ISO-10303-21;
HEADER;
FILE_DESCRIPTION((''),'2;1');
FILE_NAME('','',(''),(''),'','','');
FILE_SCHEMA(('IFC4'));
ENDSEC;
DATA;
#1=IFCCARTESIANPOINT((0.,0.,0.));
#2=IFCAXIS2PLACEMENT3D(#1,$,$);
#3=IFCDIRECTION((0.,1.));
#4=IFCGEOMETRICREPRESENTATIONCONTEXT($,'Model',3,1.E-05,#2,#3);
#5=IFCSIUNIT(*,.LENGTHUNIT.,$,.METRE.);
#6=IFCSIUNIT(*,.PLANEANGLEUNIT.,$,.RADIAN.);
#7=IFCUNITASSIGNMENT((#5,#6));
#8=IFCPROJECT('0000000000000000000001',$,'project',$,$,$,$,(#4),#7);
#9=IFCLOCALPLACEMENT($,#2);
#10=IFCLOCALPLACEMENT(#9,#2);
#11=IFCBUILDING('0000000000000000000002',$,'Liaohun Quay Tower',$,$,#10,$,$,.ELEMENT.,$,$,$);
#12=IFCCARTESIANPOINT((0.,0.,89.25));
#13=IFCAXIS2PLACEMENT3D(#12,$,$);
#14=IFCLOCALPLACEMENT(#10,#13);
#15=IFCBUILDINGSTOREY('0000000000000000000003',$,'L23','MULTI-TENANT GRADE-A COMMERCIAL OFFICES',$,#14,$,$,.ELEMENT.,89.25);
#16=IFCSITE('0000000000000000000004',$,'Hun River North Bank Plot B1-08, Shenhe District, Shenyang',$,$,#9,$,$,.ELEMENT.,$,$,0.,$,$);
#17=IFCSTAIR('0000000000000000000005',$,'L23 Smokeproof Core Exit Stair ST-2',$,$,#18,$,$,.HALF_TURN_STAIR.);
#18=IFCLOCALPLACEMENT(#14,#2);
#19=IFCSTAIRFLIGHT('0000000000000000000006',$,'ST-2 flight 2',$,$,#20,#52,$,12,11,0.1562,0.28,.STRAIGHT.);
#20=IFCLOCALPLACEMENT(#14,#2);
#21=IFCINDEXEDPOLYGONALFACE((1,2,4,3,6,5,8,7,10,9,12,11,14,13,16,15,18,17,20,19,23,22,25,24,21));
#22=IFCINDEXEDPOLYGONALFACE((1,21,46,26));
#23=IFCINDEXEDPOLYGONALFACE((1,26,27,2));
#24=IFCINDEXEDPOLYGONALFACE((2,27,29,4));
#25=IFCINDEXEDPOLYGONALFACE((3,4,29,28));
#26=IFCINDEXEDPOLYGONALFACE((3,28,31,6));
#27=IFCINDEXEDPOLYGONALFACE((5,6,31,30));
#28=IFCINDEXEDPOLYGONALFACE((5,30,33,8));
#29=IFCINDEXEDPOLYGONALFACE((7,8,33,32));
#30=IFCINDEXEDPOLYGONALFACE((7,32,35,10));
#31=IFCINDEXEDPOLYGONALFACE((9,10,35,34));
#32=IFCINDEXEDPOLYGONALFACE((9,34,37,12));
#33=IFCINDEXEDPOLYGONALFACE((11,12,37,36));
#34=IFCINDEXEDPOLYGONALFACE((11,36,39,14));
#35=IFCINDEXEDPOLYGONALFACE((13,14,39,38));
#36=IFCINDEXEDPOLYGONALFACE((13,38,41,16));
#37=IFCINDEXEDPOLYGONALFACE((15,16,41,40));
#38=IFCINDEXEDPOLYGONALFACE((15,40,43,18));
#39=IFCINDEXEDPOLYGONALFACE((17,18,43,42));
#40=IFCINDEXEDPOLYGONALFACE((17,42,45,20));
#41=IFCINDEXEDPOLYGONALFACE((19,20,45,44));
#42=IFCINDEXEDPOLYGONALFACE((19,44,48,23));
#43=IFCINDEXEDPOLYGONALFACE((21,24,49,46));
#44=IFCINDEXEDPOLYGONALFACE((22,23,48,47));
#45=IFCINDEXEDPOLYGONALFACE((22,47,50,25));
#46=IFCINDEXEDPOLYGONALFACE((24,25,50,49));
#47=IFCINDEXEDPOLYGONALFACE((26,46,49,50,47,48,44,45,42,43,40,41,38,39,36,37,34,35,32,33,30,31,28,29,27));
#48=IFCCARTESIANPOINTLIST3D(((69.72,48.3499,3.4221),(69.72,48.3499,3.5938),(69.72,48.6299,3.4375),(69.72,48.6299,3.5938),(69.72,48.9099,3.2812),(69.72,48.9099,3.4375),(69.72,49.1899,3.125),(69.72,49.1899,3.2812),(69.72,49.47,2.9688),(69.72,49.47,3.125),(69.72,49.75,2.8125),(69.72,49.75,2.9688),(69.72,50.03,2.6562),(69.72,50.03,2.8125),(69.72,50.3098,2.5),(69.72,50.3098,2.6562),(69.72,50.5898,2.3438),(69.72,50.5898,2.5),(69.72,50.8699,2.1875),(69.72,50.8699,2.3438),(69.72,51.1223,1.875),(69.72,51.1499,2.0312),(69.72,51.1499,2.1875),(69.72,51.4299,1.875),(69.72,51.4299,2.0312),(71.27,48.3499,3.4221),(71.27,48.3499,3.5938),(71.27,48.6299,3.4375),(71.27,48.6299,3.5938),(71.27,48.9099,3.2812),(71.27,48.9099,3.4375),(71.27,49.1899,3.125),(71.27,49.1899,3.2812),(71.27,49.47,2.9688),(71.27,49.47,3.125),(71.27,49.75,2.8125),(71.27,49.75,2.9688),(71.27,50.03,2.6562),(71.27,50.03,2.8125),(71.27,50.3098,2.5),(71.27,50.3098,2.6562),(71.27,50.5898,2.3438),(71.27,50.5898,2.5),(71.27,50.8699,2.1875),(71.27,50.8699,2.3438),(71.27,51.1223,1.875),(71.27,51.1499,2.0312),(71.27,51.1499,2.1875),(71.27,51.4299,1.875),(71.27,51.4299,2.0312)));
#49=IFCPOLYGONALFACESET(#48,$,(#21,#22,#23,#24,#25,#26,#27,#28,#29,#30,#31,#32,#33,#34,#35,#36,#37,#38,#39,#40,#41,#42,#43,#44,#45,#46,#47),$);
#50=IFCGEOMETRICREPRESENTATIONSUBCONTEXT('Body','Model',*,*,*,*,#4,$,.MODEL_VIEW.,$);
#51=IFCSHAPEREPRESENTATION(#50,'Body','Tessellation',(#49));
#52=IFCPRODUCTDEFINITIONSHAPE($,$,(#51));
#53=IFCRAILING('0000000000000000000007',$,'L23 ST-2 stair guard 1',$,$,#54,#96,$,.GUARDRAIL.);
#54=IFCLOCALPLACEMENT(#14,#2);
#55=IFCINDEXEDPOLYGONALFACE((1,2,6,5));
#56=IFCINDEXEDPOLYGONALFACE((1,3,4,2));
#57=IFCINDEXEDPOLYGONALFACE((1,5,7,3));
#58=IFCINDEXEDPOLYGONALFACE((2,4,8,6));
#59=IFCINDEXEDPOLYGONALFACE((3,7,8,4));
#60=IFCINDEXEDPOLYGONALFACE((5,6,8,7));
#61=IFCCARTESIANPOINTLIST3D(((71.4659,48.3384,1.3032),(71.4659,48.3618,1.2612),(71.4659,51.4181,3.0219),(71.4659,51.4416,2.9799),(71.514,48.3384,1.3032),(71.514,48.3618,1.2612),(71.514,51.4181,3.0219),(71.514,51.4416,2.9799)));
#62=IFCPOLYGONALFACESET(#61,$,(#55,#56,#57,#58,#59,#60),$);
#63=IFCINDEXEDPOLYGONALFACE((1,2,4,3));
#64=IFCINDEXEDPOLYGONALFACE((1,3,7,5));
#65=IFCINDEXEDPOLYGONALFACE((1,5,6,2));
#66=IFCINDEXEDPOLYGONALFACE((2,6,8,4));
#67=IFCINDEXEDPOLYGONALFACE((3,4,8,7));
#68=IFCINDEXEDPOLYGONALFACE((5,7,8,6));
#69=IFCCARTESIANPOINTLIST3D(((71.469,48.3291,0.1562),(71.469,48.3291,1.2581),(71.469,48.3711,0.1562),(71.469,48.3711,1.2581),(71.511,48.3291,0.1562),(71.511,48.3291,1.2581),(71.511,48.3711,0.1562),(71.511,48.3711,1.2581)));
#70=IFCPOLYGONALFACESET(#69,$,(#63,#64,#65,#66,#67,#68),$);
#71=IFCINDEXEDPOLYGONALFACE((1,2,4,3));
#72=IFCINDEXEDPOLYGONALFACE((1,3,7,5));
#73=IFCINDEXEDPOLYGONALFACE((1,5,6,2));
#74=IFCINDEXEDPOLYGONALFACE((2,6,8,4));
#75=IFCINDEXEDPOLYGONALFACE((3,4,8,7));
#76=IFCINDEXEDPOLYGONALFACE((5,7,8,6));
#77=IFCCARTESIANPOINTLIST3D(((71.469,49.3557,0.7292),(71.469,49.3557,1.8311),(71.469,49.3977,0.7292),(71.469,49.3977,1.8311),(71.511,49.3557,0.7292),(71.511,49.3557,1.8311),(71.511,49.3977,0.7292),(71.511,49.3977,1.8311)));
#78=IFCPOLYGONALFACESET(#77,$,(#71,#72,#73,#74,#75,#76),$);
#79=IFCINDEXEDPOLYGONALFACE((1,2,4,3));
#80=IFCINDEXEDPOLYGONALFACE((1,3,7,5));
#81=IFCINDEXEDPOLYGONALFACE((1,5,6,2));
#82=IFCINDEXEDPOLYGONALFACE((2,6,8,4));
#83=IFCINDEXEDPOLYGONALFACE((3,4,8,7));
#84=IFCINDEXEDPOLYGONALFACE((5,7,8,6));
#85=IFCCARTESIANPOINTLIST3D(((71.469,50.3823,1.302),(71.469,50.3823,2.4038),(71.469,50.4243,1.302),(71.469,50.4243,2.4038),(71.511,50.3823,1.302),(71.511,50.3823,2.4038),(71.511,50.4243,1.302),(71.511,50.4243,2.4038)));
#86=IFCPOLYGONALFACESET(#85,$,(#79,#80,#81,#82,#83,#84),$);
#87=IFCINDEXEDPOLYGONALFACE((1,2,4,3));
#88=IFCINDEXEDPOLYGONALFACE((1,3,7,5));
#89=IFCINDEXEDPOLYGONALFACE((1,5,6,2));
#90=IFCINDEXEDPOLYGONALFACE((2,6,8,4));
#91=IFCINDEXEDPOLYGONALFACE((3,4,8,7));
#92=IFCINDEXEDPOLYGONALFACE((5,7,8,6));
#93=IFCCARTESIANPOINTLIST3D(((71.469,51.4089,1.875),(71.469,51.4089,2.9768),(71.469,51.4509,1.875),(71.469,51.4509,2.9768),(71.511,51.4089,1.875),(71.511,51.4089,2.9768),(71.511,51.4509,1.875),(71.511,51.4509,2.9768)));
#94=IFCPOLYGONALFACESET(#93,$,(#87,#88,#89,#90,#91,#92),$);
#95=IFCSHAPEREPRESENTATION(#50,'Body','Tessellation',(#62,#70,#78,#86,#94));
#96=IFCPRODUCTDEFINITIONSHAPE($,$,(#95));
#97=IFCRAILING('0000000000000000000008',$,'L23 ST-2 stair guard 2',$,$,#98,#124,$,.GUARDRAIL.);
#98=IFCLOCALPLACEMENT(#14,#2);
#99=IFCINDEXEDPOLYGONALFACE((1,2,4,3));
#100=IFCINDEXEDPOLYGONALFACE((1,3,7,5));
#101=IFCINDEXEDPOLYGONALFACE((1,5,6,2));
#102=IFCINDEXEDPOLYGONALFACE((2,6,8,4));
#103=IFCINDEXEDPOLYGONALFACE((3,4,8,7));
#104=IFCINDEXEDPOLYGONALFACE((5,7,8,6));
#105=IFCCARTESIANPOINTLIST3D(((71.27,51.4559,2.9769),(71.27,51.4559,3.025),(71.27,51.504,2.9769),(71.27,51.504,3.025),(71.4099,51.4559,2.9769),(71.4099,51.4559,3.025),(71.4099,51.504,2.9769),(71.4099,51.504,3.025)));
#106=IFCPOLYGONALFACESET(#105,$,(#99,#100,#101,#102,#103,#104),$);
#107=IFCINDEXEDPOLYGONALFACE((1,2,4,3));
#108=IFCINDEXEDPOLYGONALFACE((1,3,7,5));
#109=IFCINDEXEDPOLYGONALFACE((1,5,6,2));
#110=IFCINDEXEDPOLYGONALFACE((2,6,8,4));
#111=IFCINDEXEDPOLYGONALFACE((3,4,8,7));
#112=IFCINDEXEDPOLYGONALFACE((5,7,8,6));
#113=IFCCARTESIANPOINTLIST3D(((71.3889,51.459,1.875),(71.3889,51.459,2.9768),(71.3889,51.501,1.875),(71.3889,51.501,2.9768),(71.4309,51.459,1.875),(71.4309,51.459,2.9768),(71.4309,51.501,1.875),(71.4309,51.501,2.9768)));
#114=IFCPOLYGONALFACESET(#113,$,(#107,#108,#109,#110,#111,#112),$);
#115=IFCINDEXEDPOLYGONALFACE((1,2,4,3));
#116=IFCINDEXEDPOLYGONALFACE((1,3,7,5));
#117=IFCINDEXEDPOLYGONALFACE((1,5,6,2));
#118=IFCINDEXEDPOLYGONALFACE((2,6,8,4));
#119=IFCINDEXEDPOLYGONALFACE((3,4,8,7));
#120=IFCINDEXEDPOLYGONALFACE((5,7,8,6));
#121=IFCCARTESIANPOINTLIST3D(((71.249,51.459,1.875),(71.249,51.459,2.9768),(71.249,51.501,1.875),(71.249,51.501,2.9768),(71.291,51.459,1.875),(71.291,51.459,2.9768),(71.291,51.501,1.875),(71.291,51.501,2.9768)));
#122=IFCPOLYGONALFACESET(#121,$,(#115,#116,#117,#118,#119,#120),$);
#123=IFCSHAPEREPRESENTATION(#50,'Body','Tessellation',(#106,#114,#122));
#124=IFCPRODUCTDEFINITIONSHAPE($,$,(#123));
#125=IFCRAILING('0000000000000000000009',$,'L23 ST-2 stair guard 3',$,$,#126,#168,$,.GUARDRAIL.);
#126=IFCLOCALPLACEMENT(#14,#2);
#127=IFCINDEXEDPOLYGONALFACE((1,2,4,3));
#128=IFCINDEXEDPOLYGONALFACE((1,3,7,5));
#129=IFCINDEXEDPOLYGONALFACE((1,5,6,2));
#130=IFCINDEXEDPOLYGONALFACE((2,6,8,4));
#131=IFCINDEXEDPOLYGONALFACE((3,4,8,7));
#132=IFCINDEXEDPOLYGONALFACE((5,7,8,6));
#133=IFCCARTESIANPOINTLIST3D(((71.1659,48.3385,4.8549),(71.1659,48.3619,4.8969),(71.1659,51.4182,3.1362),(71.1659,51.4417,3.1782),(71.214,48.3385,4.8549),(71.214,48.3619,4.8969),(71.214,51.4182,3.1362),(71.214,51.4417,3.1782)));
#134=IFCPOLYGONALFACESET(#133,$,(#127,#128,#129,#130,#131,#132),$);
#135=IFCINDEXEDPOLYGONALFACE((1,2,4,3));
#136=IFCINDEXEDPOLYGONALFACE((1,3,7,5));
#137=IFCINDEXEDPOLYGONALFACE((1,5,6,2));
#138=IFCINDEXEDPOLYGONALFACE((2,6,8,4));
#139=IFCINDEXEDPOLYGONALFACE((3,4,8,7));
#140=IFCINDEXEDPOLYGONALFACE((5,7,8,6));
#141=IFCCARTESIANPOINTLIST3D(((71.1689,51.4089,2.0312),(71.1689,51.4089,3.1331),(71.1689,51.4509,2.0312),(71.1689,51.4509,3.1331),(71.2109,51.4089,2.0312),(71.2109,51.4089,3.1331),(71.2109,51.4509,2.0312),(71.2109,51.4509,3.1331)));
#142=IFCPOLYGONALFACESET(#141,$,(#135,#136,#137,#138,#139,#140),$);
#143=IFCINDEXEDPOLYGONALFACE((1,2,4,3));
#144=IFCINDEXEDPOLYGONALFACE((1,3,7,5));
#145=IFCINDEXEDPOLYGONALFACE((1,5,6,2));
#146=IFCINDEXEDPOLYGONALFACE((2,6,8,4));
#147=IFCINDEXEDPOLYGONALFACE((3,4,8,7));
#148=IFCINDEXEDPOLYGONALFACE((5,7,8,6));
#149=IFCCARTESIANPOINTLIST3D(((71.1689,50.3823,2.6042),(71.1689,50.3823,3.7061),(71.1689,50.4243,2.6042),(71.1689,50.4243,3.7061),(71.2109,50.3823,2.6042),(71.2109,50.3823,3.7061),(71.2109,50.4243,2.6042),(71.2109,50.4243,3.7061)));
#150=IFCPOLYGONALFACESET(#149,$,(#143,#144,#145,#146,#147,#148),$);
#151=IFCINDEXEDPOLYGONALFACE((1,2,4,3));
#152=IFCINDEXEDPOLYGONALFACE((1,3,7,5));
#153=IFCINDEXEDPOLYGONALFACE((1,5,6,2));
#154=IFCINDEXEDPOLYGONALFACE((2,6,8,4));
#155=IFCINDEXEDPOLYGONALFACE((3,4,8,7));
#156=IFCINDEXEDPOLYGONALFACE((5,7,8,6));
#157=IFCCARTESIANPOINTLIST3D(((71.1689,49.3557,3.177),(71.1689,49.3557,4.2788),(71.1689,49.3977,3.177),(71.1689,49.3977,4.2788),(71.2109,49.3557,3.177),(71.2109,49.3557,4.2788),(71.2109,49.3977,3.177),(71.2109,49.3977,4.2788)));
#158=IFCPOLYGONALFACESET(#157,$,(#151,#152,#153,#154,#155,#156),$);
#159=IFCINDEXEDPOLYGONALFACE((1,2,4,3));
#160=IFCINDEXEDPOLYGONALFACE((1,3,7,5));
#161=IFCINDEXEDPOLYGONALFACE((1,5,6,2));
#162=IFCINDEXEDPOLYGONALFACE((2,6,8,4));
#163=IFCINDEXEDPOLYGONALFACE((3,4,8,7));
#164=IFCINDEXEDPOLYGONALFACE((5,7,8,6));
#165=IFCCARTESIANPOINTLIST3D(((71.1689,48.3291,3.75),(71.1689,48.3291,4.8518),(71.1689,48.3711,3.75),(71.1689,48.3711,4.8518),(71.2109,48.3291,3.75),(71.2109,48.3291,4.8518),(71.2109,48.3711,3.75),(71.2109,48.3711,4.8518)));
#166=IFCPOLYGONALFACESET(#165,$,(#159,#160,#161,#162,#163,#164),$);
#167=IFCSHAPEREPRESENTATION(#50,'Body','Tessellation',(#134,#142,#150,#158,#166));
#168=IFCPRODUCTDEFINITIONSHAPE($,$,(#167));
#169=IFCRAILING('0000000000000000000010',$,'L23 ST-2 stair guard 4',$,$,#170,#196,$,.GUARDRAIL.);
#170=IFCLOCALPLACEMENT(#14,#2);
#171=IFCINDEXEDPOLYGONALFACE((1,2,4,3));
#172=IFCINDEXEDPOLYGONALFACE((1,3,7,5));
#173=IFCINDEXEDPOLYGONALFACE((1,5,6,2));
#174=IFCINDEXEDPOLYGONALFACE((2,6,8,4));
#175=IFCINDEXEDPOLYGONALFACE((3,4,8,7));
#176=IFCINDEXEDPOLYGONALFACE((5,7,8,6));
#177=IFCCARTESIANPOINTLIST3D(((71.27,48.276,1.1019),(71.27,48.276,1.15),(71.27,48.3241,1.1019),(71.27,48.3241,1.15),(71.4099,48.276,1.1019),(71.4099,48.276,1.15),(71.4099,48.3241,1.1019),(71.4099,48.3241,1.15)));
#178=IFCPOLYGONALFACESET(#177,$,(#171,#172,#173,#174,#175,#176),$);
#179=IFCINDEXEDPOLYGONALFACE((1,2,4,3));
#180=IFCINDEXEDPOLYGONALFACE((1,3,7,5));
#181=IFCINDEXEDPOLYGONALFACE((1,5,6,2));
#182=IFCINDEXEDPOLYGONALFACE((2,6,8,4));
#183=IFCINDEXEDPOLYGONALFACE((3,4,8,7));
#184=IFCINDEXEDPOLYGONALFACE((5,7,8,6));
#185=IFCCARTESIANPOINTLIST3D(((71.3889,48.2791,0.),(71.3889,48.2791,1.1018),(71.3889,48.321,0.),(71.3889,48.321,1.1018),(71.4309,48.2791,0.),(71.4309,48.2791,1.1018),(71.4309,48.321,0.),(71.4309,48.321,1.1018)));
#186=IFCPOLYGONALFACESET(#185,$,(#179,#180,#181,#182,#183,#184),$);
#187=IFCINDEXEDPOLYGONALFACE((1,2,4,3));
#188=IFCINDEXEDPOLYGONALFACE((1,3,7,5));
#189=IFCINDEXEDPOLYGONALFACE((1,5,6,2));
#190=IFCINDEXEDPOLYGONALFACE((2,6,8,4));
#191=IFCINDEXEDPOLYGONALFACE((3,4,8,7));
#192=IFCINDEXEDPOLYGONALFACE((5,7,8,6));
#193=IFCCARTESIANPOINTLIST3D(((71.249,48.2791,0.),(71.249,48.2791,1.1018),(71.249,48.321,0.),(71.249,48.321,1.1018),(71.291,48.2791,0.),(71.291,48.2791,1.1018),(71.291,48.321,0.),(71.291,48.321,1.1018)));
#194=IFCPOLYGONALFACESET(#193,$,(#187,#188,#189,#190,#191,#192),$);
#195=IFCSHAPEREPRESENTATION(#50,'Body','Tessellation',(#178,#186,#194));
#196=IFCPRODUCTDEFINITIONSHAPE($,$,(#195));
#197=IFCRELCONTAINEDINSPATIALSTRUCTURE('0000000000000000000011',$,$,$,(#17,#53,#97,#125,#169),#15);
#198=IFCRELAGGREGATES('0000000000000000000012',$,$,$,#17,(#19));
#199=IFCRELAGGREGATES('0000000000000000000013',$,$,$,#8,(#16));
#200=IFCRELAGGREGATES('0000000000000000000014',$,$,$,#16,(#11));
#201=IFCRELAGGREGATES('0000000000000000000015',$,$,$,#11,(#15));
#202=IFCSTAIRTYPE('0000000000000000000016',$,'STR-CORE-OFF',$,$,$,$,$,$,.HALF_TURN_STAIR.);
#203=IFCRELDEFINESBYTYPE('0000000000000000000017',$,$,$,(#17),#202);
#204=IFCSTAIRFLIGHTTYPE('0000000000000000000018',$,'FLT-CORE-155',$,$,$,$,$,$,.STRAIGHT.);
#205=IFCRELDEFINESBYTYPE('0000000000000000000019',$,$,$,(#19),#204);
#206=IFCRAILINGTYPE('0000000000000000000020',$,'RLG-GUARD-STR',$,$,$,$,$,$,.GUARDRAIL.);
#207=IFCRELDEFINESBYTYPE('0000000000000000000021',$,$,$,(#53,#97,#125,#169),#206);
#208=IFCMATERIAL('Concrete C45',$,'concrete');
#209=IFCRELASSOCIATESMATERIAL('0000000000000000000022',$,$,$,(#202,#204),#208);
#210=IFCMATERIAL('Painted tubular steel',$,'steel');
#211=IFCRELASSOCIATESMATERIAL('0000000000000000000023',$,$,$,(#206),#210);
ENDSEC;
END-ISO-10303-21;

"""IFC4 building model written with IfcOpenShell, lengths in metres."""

from ifc_helpers import new_model, si_unit, direction, frame, origin, origin_2d, place, context, subcontext, project, spatial, polyline, rectangle, outline, extrude, material, type_object, element, aggregate, save


model = new_model("IFC4")

# Units and contexts
model_context = context("Model", 3, precision=1e-05, world=origin(), true_north=direction((0.0, 1.0)))
body_context = subcontext(model_context, "Body", "Model", "MODEL_VIEW")
ifc_project = project(units=[si_unit("LENGTHUNIT", "METRE"), si_unit("PLANEANGLEUNIT", "RADIAN")], contexts=[model_context])

# Site, building, storey
site_placement = place(None, origin())
site = spatial("IfcSite", under=ifc_project, at=site_placement, Name="Hun River North Bank Plot B1-08, Shenhe District, Shenyang", CompositionType="ELEMENT", RefElevation=0.0)
building_placement = place(site_placement, origin())
building = spatial("IfcBuilding", under=site, at=building_placement, Name="Liaohun Quay Tower", CompositionType="ELEMENT")
storey_placement = place(building_placement, frame((0.0, 0.0, 89.25)))
storey = spatial("IfcBuildingStorey", under=building, at=storey_placement, Name="L23", Description="MULTI-TENANT GRADE-A COMMERCIAL OFFICES", CompositionType="ELEMENT", Elevation=89.25)

# Stair, stair flight
ifc_material_1 = material(Name="Concrete C45", Category="concrete")
stair_type = type_object("IfcStairType", Name="STR-CORE-OFF", PredefinedType="HALF_TURN_STAIR", material=ifc_material_1)
stair_placement = place(storey_placement, origin())
stair = element("IfcStair", 1, at=stair_placement, inside=storey, type_object=stair_type, Name="L23 Smokeproof Core Exit Stair ST-2", PredefinedType="HALF_TURN_STAIR")
stair_flight_type = type_object("IfcStairFlightType", Name="FLT-CORE-155", PredefinedType="STRAIGHT", material=ifc_material_1)
stair_flight_1_placement = place(storey_placement, frame((70.4951, 51.4299, 1.875), z_axis=(0.0, 0.0, 1.0), x_axis=(0.0, -1.0, 0.0)))
stair_flight_1 = element("IfcStairFlight", 2, at=stair_flight_1_placement, type_object=stair_flight_type, Name="ST-2 flight 2", NumberOfRisers=12, NumberOfTreads=11, PredefinedType="STRAIGHT", RiserHeight=0.1562, TreadLength=0.28, context=body_context, shape_type="SweptSolid", body=[
    extrude(outline(polyline([(0.0, 0.0), (0.0, 0.1562), (0.28, 0.1562), (0.28, 0.3125), (0.5601, 0.3125), (0.5601, 0.4688), (0.8401, 0.4688), (0.8401, 0.625), (1.1201, 0.625), (1.1201, 0.7812), (1.3999, 0.7812), (1.3999, 0.9375), (1.6799, 0.9375), (1.6799, 1.0938), (1.96, 1.0938), (1.96, 1.25), (2.24, 1.25), (2.24, 1.4062), (2.52, 1.4062), (2.52, 1.5625), (2.8, 1.5625), (2.8, 1.7188), (3.0801, 1.7188), (3.0801, 1.875), (3.0801, 1.5471), (0.3076, 0.0), (0.0, 0.0)])), frame((0.0, 0.7749, 0.0), z_axis=(0.0, -1.0, 0.0), x_axis=(1.0, 0.0, 0.0)), (0.0, 0.0, 1.0), 1.55),
])
aggregate(stair, [stair_flight_1])

# Railings
ifc_material_2 = material(Name="Painted tubular steel", Category="steel")
railing_type_1 = type_object("IfcRailingType", Name="RLG-GUARD-STR", PredefinedType="GUARDRAIL", material=ifc_material_2)
railing_1_placement = place(storey_placement, frame((71.49, 48.3501, 0.1562)))
element("IfcRailing", 3, at=railing_1_placement, inside=storey, type_object=railing_type_1, Name="L23 ST-2 stair guard 1", PredefinedType="GUARDRAIL", context=body_context, shape_type="SweptSolid", body=[
    extrude(rectangle(XDim=0.0481, YDim=0.0481, at=origin_2d()), frame((0.0, 0.0, 1.126), z_axis=(0.0, 0.873225, 0.487317), x_axis=(-1.0, 0.0, 0.0)), (0.0, 0.0, 1.0), 3.5269),
    extrude(rectangle(XDim=0.042, YDim=0.042, at=origin_2d()), origin(), (0.0, 0.0, 1.0), 1.1018),
    extrude(rectangle(XDim=0.042, YDim=0.042, at=origin_2d()), frame((0.0, 1.0266, 0.573)), (0.0, 0.0, 1.0), 1.1018),
    extrude(rectangle(XDim=0.042, YDim=0.042, at=origin_2d()), frame((0.0, 2.0532, 1.1458)), (0.0, 0.0, 1.0), 1.1018),
    extrude(rectangle(XDim=0.042, YDim=0.042, at=origin_2d()), frame((0.0, 3.0798, 1.7188)), (0.0, 0.0, 1.0), 1.1018),
])
railing_2_placement = place(storey_placement, frame((71.4099, 51.48, 1.875)))
element("IfcRailing", 4, at=railing_2_placement, inside=storey, type_object=railing_type_1, Name="L23 ST-2 stair guard 2", PredefinedType="GUARDRAIL", context=body_context, shape_type="SweptSolid", body=[
    extrude(rectangle(XDim=0.0481, YDim=0.0481, at=origin_2d()), frame((0.0, 0.0, 1.126), z_axis=(-1.0, 0.0, 0.0), x_axis=(0.0, -1.0, 0.0)), (0.0, 0.0, 1.0), 0.1399),
    extrude(rectangle(XDim=0.042, YDim=0.042, at=origin_2d()), origin(), (0.0, 0.0, 1.0), 1.1018),
    extrude(rectangle(XDim=0.042, YDim=0.042, at=origin_2d()), frame((-0.1399, 0.0, 0.0)), (0.0, 0.0, 1.0), 1.1018),
])
railing_3_placement = place(storey_placement, frame((71.1899, 51.4299, 2.0312)))
element("IfcRailing", 5, at=railing_3_placement, inside=storey, type_object=railing_type_1, Name="L23 ST-2 stair guard 3", PredefinedType="GUARDRAIL", context=body_context, shape_type="SweptSolid", body=[
    extrude(rectangle(XDim=0.0481, YDim=0.0481, at=origin_2d()), frame((0.0, 0.0, 1.126), z_axis=(0.0, -0.873225, 0.487317), x_axis=(1.0, 0.0, 0.0)), (0.0, 0.0, 1.0), 3.5269),
    extrude(rectangle(XDim=0.042, YDim=0.042, at=origin_2d()), origin(), (0.0, 0.0, 1.0), 1.1018),
    extrude(rectangle(XDim=0.042, YDim=0.042, at=origin_2d()), frame((0.0, -1.0266, 0.573)), (0.0, 0.0, 1.0), 1.1018),
    extrude(rectangle(XDim=0.042, YDim=0.042, at=origin_2d()), frame((0.0, -2.0532, 1.1458)), (0.0, 0.0, 1.0), 1.1018),
    extrude(rectangle(XDim=0.042, YDim=0.042, at=origin_2d()), frame((0.0, -3.0798, 1.7188)), (0.0, 0.0, 1.0), 1.1018),
])
railing_4_placement = place(storey_placement, frame((71.4099, 48.3, 0.0)))
element("IfcRailing", 6, at=railing_4_placement, inside=storey, type_object=railing_type_1, Name="L23 ST-2 stair guard 4", PredefinedType="GUARDRAIL", context=body_context, shape_type="SweptSolid", body=[
    extrude(rectangle(XDim=0.0481, YDim=0.0481, at=origin_2d()), frame((0.0, 0.0, 1.126), z_axis=(-1.0, 0.0, 0.0), x_axis=(0.0, -1.0, 0.0)), (0.0, 0.0, 1.0), 0.1399),
    extrude(rectangle(XDim=0.042, YDim=0.042, at=origin_2d()), origin(), (0.0, 0.0, 1.0), 1.1018),
    extrude(rectangle(XDim=0.042, YDim=0.042, at=origin_2d()), frame((-0.1399, 0.0, 0.0)), (0.0, 0.0, 1.0), 1.1018),
])

save(model, "model.ifc")
